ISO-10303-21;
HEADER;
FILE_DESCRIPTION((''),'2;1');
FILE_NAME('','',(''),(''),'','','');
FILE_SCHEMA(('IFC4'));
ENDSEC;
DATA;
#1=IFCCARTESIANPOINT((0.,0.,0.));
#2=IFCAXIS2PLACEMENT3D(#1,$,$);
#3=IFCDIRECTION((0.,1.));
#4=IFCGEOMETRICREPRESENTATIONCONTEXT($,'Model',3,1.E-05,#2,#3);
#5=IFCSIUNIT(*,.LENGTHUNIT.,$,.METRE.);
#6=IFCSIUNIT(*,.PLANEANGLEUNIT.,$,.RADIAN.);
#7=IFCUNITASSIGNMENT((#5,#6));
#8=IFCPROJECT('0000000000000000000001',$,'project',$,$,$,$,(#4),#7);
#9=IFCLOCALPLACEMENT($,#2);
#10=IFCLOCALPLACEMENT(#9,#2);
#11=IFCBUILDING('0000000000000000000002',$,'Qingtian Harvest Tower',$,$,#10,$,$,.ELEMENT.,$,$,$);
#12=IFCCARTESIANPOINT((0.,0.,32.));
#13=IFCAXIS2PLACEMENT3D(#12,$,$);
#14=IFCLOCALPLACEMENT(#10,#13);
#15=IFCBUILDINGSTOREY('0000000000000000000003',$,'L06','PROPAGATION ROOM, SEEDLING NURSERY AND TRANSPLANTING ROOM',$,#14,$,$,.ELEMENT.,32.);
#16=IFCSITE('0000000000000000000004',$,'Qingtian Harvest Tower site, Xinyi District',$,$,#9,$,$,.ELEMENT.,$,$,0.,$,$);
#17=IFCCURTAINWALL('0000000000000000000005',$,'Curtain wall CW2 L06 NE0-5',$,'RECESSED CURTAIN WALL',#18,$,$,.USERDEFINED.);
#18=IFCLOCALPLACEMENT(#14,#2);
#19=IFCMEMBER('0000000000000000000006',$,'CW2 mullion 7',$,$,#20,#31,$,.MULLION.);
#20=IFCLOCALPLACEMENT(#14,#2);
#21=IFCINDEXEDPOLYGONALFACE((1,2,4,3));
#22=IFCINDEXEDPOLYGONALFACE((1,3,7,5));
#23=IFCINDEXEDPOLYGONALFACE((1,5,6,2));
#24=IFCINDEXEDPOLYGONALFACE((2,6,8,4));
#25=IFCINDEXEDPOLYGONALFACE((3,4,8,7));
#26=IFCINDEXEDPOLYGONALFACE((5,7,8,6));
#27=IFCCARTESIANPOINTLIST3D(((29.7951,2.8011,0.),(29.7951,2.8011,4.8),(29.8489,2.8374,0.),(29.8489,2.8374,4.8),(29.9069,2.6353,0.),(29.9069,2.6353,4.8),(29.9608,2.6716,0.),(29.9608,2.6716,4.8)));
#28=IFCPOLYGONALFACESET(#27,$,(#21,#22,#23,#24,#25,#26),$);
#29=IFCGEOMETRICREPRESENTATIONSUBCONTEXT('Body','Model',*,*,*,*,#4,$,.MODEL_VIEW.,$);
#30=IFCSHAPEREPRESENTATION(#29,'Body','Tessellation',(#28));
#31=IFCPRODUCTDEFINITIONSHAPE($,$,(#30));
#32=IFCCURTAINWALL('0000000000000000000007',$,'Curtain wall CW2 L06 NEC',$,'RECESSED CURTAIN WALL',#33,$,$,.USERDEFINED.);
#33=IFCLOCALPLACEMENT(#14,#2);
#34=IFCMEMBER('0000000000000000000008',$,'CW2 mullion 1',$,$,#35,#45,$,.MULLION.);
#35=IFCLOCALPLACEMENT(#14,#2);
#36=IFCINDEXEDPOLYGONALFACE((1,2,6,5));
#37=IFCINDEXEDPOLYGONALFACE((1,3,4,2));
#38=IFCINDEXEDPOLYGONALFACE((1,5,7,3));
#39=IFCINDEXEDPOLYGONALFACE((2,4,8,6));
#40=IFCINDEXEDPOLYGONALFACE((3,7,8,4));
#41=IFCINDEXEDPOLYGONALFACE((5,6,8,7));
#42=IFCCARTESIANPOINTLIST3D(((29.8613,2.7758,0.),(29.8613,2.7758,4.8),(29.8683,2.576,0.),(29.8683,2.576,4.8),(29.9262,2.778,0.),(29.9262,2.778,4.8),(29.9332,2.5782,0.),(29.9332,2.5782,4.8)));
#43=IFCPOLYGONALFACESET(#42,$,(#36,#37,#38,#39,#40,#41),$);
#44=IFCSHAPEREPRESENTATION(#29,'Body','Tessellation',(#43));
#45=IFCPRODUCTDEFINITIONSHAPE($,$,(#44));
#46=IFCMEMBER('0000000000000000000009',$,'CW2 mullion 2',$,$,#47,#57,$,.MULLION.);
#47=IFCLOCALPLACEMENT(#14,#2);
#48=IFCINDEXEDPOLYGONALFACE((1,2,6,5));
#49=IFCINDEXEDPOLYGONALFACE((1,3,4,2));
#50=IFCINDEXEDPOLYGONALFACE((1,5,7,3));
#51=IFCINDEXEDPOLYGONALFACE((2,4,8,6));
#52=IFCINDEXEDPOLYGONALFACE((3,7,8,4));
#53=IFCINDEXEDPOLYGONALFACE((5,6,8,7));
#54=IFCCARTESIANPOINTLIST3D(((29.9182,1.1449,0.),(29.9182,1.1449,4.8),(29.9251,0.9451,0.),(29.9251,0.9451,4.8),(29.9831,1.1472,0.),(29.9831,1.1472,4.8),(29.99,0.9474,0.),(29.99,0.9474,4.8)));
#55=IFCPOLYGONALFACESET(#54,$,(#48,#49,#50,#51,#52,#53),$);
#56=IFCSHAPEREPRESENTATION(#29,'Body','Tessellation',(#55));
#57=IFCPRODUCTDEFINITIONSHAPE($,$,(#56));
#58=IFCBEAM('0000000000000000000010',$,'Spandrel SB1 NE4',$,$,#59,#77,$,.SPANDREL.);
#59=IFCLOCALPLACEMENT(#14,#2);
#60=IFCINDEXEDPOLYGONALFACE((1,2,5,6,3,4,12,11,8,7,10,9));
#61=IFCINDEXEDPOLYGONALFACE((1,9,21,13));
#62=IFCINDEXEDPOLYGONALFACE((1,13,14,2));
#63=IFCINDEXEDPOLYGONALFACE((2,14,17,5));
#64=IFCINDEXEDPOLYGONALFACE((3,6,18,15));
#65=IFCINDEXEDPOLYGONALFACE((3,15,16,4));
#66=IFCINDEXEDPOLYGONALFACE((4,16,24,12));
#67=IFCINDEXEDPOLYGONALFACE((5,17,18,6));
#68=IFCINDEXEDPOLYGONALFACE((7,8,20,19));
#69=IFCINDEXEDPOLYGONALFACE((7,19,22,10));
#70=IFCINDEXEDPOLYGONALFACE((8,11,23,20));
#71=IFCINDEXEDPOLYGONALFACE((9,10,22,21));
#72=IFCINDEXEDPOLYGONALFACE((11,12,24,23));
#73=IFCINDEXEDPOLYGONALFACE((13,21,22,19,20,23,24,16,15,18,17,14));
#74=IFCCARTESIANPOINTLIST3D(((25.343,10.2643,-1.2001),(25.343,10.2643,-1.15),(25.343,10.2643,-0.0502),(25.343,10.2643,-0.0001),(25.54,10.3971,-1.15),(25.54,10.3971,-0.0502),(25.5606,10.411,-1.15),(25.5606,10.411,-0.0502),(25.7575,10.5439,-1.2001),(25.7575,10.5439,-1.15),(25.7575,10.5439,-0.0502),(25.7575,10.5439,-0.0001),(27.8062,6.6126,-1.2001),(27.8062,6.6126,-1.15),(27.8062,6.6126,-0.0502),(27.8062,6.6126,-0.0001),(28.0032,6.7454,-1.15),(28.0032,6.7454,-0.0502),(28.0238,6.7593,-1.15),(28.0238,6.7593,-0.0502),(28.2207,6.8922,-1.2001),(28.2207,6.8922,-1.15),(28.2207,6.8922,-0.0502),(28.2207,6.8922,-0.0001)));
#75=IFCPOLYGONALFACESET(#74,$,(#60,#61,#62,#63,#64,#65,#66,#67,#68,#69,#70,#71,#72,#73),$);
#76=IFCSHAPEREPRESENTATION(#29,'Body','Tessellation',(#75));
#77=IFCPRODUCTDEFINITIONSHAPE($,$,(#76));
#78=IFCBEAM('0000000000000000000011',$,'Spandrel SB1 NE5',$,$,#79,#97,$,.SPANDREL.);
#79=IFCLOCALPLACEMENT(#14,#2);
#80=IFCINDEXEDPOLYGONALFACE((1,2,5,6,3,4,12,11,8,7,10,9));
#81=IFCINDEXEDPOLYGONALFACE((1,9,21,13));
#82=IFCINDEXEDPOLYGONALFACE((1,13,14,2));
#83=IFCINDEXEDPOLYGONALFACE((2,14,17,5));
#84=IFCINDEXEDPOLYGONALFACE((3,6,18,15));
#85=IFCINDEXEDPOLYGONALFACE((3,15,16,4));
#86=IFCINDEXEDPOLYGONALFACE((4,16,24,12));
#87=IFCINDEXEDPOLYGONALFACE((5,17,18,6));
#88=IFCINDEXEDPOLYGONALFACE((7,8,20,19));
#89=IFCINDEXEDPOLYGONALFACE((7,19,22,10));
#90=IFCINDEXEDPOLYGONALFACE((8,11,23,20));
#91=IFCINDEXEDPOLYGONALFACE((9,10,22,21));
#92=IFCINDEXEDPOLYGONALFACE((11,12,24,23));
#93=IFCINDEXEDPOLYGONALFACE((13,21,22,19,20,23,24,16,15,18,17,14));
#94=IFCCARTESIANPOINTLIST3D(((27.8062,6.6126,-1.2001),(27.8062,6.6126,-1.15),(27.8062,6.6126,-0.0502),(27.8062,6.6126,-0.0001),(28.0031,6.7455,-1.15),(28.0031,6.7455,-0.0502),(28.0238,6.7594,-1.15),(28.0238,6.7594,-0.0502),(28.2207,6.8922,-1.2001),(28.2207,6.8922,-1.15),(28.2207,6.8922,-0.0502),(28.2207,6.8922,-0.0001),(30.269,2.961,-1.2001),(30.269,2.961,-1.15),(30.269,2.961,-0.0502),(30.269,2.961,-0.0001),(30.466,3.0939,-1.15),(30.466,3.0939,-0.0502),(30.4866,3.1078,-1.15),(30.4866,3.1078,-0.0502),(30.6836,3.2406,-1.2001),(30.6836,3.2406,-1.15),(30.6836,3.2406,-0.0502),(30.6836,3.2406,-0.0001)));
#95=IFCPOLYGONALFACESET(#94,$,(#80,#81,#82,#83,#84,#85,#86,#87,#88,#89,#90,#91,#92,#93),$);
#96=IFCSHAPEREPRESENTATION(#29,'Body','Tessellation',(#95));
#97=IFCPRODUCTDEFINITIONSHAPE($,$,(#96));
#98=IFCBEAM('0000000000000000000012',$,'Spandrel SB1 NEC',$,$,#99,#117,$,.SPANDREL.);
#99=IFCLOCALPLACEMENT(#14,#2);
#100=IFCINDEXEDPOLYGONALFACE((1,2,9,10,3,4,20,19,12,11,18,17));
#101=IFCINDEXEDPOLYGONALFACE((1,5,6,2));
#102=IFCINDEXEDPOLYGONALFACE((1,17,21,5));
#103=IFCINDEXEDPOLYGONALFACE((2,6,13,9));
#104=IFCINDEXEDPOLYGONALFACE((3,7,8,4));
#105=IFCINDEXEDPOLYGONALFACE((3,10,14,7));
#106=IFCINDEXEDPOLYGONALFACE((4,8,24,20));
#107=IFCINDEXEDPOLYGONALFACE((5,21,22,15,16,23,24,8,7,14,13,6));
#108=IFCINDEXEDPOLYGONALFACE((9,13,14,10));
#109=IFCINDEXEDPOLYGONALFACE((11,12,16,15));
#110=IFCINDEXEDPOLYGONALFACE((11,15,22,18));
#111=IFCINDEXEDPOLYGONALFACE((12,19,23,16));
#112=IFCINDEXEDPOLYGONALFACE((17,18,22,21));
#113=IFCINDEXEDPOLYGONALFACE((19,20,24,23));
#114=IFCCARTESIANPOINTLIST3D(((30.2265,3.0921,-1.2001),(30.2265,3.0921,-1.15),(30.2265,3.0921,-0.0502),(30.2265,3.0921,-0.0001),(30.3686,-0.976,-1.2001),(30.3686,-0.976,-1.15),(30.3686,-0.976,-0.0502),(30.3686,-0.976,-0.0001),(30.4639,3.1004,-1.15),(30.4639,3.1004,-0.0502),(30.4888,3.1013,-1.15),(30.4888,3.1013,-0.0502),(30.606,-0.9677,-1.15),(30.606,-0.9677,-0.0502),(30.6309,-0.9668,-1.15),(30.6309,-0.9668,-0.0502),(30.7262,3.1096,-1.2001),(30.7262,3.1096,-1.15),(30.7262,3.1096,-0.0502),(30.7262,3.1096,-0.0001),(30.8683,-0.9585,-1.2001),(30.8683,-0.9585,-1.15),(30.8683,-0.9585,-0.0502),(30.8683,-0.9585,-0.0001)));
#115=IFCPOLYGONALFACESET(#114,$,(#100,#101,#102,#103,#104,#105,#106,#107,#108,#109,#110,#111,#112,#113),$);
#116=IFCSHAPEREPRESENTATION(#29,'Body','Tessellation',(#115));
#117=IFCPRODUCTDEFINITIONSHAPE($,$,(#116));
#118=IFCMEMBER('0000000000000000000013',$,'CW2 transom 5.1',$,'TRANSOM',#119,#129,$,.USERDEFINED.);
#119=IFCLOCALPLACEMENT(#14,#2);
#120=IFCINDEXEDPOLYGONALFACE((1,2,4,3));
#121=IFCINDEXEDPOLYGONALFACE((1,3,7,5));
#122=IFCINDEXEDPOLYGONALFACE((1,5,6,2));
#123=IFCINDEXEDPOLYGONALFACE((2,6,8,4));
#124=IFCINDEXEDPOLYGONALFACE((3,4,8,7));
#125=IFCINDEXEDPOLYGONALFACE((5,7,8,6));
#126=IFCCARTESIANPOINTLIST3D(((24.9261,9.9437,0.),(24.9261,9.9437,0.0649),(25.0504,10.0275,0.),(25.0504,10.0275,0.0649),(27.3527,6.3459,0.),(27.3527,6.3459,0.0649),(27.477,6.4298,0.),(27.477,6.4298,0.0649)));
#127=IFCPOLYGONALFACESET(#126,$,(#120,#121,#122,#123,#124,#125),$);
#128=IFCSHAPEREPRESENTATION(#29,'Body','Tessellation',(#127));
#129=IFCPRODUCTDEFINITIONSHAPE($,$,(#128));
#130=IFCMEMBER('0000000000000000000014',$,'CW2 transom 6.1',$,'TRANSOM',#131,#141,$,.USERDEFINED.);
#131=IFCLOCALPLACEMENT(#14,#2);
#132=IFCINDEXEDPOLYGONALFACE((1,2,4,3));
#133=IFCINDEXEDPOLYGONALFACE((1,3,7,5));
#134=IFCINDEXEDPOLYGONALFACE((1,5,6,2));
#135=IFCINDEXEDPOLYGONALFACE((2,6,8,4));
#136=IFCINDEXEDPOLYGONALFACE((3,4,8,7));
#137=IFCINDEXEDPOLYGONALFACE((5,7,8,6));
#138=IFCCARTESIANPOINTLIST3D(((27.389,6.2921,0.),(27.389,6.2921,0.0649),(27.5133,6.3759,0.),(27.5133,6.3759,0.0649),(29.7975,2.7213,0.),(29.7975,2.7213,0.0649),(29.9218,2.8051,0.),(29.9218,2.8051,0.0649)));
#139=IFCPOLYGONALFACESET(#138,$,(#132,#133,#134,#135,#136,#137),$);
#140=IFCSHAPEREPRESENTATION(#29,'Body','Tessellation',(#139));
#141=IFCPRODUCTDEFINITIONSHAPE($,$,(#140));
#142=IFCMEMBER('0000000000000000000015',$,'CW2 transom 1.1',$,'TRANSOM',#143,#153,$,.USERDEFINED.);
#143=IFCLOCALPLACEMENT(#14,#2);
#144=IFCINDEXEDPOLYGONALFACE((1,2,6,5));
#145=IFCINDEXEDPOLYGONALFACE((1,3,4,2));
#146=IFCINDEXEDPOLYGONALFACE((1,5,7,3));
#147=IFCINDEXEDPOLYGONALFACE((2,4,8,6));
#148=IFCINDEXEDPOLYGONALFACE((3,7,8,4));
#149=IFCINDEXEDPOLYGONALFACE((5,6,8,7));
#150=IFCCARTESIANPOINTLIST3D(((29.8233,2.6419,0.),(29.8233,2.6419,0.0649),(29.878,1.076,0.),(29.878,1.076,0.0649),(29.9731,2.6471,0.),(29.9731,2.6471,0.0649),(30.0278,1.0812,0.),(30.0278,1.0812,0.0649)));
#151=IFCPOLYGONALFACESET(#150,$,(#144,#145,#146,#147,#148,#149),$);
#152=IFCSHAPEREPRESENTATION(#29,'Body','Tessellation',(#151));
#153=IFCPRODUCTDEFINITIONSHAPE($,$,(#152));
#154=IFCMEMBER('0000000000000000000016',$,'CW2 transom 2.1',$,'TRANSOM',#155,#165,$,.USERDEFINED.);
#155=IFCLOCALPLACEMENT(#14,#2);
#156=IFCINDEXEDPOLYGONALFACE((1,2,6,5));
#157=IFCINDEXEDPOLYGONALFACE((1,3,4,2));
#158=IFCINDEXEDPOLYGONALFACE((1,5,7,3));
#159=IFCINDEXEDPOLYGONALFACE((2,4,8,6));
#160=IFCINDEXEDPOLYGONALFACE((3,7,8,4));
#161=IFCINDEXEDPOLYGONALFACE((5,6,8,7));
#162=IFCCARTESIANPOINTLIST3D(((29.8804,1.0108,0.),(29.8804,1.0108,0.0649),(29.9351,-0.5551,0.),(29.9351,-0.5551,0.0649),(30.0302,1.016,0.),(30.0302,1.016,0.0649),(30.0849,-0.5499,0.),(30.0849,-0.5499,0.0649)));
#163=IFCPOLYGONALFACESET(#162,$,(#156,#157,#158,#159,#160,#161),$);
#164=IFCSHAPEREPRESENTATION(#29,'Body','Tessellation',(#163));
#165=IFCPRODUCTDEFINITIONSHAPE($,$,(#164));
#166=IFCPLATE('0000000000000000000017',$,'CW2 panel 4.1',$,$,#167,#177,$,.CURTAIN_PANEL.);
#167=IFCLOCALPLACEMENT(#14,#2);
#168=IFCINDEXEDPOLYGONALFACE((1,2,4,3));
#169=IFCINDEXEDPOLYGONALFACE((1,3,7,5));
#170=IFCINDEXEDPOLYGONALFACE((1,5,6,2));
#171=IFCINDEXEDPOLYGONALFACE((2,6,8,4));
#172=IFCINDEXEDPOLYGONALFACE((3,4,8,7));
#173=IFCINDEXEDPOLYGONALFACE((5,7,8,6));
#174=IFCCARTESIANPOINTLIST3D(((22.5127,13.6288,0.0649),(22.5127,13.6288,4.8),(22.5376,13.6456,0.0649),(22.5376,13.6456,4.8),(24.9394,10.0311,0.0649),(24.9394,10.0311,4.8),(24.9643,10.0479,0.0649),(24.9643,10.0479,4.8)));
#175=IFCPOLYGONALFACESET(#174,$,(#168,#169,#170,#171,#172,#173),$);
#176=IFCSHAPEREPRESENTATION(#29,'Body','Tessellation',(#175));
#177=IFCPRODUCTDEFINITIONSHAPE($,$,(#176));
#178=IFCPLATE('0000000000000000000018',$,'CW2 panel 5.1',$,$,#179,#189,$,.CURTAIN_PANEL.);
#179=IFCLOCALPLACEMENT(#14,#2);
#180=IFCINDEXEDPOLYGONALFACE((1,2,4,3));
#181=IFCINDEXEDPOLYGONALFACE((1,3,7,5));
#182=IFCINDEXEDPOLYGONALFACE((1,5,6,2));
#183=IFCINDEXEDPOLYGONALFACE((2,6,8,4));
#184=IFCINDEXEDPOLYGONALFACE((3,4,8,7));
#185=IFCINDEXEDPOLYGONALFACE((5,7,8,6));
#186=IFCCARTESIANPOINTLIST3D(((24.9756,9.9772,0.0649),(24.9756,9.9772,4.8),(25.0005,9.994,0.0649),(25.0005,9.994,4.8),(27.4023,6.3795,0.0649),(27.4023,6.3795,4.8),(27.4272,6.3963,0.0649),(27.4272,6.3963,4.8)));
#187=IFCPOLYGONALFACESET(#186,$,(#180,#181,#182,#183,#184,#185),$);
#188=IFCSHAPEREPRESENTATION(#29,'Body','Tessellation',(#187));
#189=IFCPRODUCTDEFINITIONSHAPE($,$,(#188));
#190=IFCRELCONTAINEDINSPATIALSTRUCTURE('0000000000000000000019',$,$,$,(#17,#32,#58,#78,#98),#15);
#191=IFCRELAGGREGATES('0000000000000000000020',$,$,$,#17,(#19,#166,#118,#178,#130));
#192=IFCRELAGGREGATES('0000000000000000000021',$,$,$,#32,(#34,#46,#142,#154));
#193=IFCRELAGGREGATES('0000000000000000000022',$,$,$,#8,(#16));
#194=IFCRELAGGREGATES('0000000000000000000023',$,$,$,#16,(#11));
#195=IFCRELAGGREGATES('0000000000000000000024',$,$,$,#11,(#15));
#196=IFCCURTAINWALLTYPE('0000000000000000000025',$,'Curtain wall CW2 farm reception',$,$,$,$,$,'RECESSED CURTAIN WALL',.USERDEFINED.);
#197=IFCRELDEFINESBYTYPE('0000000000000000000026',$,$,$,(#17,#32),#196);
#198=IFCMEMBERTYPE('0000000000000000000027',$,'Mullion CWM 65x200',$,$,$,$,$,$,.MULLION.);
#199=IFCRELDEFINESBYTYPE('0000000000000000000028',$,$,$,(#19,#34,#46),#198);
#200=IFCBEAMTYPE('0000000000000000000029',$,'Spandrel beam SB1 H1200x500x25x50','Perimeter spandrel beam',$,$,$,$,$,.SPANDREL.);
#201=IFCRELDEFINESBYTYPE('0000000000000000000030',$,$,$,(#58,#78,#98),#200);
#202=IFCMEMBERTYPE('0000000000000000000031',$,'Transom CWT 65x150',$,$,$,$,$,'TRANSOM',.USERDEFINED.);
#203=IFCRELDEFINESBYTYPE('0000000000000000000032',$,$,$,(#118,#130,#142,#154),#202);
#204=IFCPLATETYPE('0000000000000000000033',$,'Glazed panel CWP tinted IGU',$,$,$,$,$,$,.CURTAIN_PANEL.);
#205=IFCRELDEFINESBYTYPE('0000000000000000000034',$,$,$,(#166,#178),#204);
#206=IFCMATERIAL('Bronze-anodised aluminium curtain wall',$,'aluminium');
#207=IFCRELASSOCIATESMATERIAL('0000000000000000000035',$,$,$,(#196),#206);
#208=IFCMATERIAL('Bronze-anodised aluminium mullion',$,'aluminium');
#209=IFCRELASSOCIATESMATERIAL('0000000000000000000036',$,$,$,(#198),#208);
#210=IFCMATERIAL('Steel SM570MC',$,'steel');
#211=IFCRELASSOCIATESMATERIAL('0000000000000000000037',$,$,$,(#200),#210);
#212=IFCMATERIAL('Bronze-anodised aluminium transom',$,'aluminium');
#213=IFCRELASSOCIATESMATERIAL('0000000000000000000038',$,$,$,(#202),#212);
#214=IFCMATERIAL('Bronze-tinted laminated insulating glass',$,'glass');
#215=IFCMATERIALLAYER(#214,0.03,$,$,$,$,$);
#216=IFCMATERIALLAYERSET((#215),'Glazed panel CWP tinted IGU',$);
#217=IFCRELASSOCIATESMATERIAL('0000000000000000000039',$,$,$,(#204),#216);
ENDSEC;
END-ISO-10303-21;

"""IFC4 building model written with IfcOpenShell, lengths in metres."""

from ifc_helpers import new_model, si_unit, direction, frame, origin, origin_2d, place, context, subcontext, project, spatial, rectangle, i_section, extrude, material, layer, layer_set, material_profile, profile_set, type_object, element, aggregate, save


model = new_model("IFC4")

# Units and contexts
model_context = context("Model", 3, precision=1e-05, world=origin(), true_north=direction((0.0, 1.0)))
body_context = subcontext(model_context, "Body", "Model", "MODEL_VIEW")
ifc_project = project(units=[si_unit("LENGTHUNIT", "METRE"), si_unit("PLANEANGLEUNIT", "RADIAN")], contexts=[model_context])

# Site, building, storey
site_placement = place(None, origin())
site = spatial("IfcSite", under=ifc_project, at=site_placement, Name="Qingtian Harvest Tower site, Xinyi District", CompositionType="ELEMENT", RefElevation=0.0)
building_placement = place(site_placement, origin())
building = spatial("IfcBuilding", under=site, at=building_placement, Name="Qingtian Harvest Tower", CompositionType="ELEMENT")
storey_placement = place(building_placement, frame((0.0, 0.0, 32.0)))
storey = spatial("IfcBuildingStorey", under=building, at=storey_placement, Name="L06", Description="PROPAGATION ROOM, SEEDLING NURSERY AND TRANSPLANTING ROOM", CompositionType="ELEMENT", Elevation=32.0)

# Curtain walls, members
ifc_material_1 = material(Name="Bronze-anodised aluminium curtain wall", Category="aluminium")
curtain_wall_type = type_object("IfcCurtainWallType", Name="Curtain wall CW2 farm reception", ElementType="RECESSED CURTAIN WALL", PredefinedType="USERDEFINED", material=ifc_material_1)
curtain_wall_1_placement = place(storey_placement, origin())
curtain_wall_1 = element("IfcCurtainWall", 1, at=curtain_wall_1_placement, inside=storey, type_object=curtain_wall_type, Name="Curtain wall CW2 L06 NE0-5", ObjectType="RECESSED CURTAIN WALL", PredefinedType="USERDEFINED")
ifc_material_2 = material(Name="Bronze-anodised aluminium mullion", Category="aluminium")
ifc_material_profile_1 = material_profile(ifc_material_2, rectangle(XDim=0.0649, YDim=0.2, at=origin_2d()), Name="AL 65x200")
ifc_profile_set_1 = profile_set([ifc_material_profile_1], Name="Bronze-anodised aluminium mullion")
member_type_1 = type_object("IfcMemberType", Name="Mullion CWM 65x200", PredefinedType="MULLION", material=ifc_profile_set_1)
member_1_placement = place(storey_placement, frame((29.8779, 2.7363, 0.0), z_axis=(0.0, 0.0, 1.0), x_axis=(0.829038, 0.559193, 0.0)))
member_1 = element("IfcMember", 2, at=member_1_placement, type_object=member_type_1, Name="CW2 mullion 7", PredefinedType="MULLION", context=body_context, shape_type="SweptSolid", body=[
    extrude(rectangle(XDim=0.0649, YDim=0.2, at=origin_2d()), origin(), (0.0, 0.0, 1.0), 4.8),
])
curtain_wall_2_placement = place(storey_placement, origin())
curtain_wall_2 = element("IfcCurtainWall", 3, at=curtain_wall_2_placement, inside=storey, type_object=curtain_wall_type, Name="Curtain wall CW2 L06 NEC", ObjectType="RECESSED CURTAIN WALL", PredefinedType="USERDEFINED")
member_2_placement = place(storey_placement, frame((29.8972, 2.677, 0.0), z_axis=(0.0, 0.0, 1.0), x_axis=(0.999391, 0.034899, 0.0)))
member_2 = element("IfcMember", 4, at=member_2_placement, type_object=member_type_1, Name="CW2 mullion 1", PredefinedType="MULLION", context=body_context, shape_type="SweptSolid", body=[
    extrude(rectangle(XDim=0.0649, YDim=0.2, at=origin_2d()), origin(), (0.0, 0.0, 1.0), 4.8),
])
member_3_placement = place(storey_placement, frame((29.9541, 1.0461, 0.0), z_axis=(0.0, 0.0, 1.0), x_axis=(0.999391, 0.034899, 0.0)))
member_3 = element("IfcMember", 5, at=member_3_placement, type_object=member_type_1, Name="CW2 mullion 2", PredefinedType="MULLION", context=body_context, shape_type="SweptSolid", body=[
    extrude(rectangle(XDim=0.0649, YDim=0.2, at=origin_2d()), origin(), (0.0, 0.0, 1.0), 4.8),
])

# Beams
ifc_material_3 = material(Name="Steel SM570MC", Category="steel")
ifc_material_profile_2 = material_profile(ifc_material_3, i_section(OverallWidth=0.5, OverallDepth=1.2, WebThickness=0.0249, FlangeThickness=0.05, at=origin_2d()), Name="H1200x500x25x50")
ifc_profile_set_2 = profile_set([ifc_material_profile_2], Name="Steel SM570MC")
beam_type_1 = type_object("IfcBeamType", Name="Spandrel beam SB1 H1200x500x25x50", Description="Perimeter spandrel beam", PredefinedType="SPANDREL", material=ifc_profile_set_2)
beam_1_placement = place(storey_placement, frame((25.5503, 10.4041, -0.6001), z_axis=(0.559207, -0.829028, 0.0), x_axis=(0.829028, 0.559207, 0.0)))
element("IfcBeam", 6, at=beam_1_placement, inside=storey, type_object=beam_type_1, Name="Spandrel SB1 NE4", PredefinedType="SPANDREL", context=body_context, shape_type="SweptSolid", body=[
    extrude(i_section(OverallWidth=0.5, OverallDepth=1.2, WebThickness=0.0249, FlangeThickness=0.05, at=origin_2d()), origin(), (0.0, 0.0, 1.0), 4.4048),
])
beam_2_placement = place(storey_placement, frame((28.0134, 6.7524, -0.6001), z_axis=(0.559169, -0.829054, 0.0), x_axis=(0.829054, 0.559169, 0.0)))
element("IfcBeam", 7, at=beam_2_placement, inside=storey, type_object=beam_type_1, Name="Spandrel SB1 NE5", PredefinedType="SPANDREL", context=body_context, shape_type="SweptSolid", body=[
    extrude(i_section(OverallWidth=0.5, OverallDepth=1.2, WebThickness=0.0249, FlangeThickness=0.05, at=origin_2d()), origin(), (0.0, 0.0, 1.0), 4.4045),
])
beam_3_placement = place(storey_placement, frame((30.4763, 3.1008, -0.6001), z_axis=(0.034906, -0.999391, 0.0), x_axis=(0.999391, 0.034906, 0.0)))
element("IfcBeam", 8, at=beam_3_placement, inside=storey, type_object=beam_type_1, Name="Spandrel SB1 NEC", PredefinedType="SPANDREL", context=body_context, shape_type="SweptSolid", body=[
    extrude(i_section(OverallWidth=0.5, OverallDepth=1.2, WebThickness=0.0249, FlangeThickness=0.05, at=origin_2d()), origin(), (0.0, 0.0, 1.0), 4.0706),
])

# Members
ifc_material_4 = material(Name="Bronze-anodised aluminium transom", Category="aluminium")
ifc_material_profile_3 = material_profile(ifc_material_4, rectangle(XDim=0.1499, YDim=0.0649, at=origin_2d()), Name="AL 65x150")
ifc_profile_set_3 = profile_set([ifc_material_profile_3], Name="Bronze-anodised aluminium transom")
member_type_2 = type_object("IfcMemberType", Name="Transom CWT 65x150", ElementType="TRANSOM", PredefinedType="USERDEFINED", material=ifc_profile_set_3)
member_4_placement = place(storey_placement, frame((24.9883, 9.9856, 0.0325), z_axis=(0.559171, -0.829052, 0.0), x_axis=(0.829052, 0.559171, 0.0)))
member_4 = element("IfcMember", 9, at=member_4_placement, type_object=member_type_2, Name="CW2 transom 5.1", ObjectType="TRANSOM", PredefinedType="USERDEFINED", context=body_context, shape_type="SweptSolid", body=[
    extrude(rectangle(XDim=0.1499, YDim=0.0649, at=origin_2d()), origin(), (0.0, 0.0, 1.0), 4.3396),
])
member_5_placement = place(storey_placement, frame((27.4512, 6.334, 0.0325), z_axis=(0.559179, -0.829047, 0.0), x_axis=(0.829047, 0.559179, 0.0)))
member_5 = element("IfcMember", 10, at=member_5_placement, type_object=member_type_2, Name="CW2 transom 6.1", ObjectType="TRANSOM", PredefinedType="USERDEFINED", context=body_context, shape_type="SweptSolid", body=[
    extrude(rectangle(XDim=0.1499, YDim=0.0649, at=origin_2d()), origin(), (0.0, 0.0, 1.0), 4.3071),
])
member_6_placement = place(storey_placement, frame((29.8982, 2.6445, 0.0325), z_axis=(0.034902, -0.999391, 0.0), x_axis=(0.999391, 0.034902, 0.0)))
member_6 = element("IfcMember", 11, at=member_6_placement, type_object=member_type_2, Name="CW2 transom 1.1", ObjectType="TRANSOM", PredefinedType="USERDEFINED", context=body_context, shape_type="SweptSolid", body=[
    extrude(rectangle(XDim=0.1499, YDim=0.0649, at=origin_2d()), origin(), (0.0, 0.0, 1.0), 1.5669),
])
member_7_placement = place(storey_placement, frame((29.9553, 1.0134, 0.0325), z_axis=(0.034902, -0.999391, 0.0), x_axis=(0.999391, 0.034902, 0.0)))
member_7 = element("IfcMember", 12, at=member_7_placement, type_object=member_type_2, Name="CW2 transom 2.1", ObjectType="TRANSOM", PredefinedType="USERDEFINED", context=body_context, shape_type="SweptSolid", body=[
    extrude(rectangle(XDim=0.1499, YDim=0.0649, at=origin_2d()), origin(), (0.0, 0.0, 1.0), 1.5669),
])

# Plates
ifc_material_5 = material(Name="Bronze-tinted laminated insulating glass", Category="glass")
ifc_layer_1 = layer(ifc_material_5, 0.03)
ifc_layer_set_1 = layer_set([ifc_layer_1], Name="Glazed panel CWP tinted IGU")
plate_type = type_object("IfcPlateType", Name="Glazed panel CWP tinted IGU", PredefinedType="CURTAIN_PANEL", material=ifc_layer_set_1)
plate_1_placement = place(storey_placement, frame((23.7385, 11.8384, 0.0649), z_axis=(0.0, 0.0, 1.0), x_axis=(0.559193, -0.829038, 0.0)))
plate_1 = element("IfcPlate", 13, at=plate_1_placement, type_object=plate_type, Name="CW2 panel 4.1", PredefinedType="CURTAIN_PANEL", context=body_context, shape_type="SweptSolid", body=[
    extrude(rectangle(XDim=4.3396, YDim=0.03, at=origin_2d()), origin(), (0.0, 0.0, 1.0), 4.7351),
])
plate_2_placement = place(storey_placement, frame((26.2014, 8.1868, 0.0649), z_axis=(0.0, 0.0, 1.0), x_axis=(0.559193, -0.829038, 0.0)))
plate_2 = element("IfcPlate", 14, at=plate_2_placement, type_object=plate_type, Name="CW2 panel 5.1", PredefinedType="CURTAIN_PANEL", context=body_context, shape_type="SweptSolid", body=[
    extrude(rectangle(XDim=4.3396, YDim=0.03, at=origin_2d()), origin(), (0.0, 0.0, 1.0), 4.7351),
])
aggregate(curtain_wall_1, [member_1, plate_1, member_4, plate_2, member_5])
aggregate(curtain_wall_2, [member_2, member_3, member_6, member_7])

save(model, "model.ifc")
